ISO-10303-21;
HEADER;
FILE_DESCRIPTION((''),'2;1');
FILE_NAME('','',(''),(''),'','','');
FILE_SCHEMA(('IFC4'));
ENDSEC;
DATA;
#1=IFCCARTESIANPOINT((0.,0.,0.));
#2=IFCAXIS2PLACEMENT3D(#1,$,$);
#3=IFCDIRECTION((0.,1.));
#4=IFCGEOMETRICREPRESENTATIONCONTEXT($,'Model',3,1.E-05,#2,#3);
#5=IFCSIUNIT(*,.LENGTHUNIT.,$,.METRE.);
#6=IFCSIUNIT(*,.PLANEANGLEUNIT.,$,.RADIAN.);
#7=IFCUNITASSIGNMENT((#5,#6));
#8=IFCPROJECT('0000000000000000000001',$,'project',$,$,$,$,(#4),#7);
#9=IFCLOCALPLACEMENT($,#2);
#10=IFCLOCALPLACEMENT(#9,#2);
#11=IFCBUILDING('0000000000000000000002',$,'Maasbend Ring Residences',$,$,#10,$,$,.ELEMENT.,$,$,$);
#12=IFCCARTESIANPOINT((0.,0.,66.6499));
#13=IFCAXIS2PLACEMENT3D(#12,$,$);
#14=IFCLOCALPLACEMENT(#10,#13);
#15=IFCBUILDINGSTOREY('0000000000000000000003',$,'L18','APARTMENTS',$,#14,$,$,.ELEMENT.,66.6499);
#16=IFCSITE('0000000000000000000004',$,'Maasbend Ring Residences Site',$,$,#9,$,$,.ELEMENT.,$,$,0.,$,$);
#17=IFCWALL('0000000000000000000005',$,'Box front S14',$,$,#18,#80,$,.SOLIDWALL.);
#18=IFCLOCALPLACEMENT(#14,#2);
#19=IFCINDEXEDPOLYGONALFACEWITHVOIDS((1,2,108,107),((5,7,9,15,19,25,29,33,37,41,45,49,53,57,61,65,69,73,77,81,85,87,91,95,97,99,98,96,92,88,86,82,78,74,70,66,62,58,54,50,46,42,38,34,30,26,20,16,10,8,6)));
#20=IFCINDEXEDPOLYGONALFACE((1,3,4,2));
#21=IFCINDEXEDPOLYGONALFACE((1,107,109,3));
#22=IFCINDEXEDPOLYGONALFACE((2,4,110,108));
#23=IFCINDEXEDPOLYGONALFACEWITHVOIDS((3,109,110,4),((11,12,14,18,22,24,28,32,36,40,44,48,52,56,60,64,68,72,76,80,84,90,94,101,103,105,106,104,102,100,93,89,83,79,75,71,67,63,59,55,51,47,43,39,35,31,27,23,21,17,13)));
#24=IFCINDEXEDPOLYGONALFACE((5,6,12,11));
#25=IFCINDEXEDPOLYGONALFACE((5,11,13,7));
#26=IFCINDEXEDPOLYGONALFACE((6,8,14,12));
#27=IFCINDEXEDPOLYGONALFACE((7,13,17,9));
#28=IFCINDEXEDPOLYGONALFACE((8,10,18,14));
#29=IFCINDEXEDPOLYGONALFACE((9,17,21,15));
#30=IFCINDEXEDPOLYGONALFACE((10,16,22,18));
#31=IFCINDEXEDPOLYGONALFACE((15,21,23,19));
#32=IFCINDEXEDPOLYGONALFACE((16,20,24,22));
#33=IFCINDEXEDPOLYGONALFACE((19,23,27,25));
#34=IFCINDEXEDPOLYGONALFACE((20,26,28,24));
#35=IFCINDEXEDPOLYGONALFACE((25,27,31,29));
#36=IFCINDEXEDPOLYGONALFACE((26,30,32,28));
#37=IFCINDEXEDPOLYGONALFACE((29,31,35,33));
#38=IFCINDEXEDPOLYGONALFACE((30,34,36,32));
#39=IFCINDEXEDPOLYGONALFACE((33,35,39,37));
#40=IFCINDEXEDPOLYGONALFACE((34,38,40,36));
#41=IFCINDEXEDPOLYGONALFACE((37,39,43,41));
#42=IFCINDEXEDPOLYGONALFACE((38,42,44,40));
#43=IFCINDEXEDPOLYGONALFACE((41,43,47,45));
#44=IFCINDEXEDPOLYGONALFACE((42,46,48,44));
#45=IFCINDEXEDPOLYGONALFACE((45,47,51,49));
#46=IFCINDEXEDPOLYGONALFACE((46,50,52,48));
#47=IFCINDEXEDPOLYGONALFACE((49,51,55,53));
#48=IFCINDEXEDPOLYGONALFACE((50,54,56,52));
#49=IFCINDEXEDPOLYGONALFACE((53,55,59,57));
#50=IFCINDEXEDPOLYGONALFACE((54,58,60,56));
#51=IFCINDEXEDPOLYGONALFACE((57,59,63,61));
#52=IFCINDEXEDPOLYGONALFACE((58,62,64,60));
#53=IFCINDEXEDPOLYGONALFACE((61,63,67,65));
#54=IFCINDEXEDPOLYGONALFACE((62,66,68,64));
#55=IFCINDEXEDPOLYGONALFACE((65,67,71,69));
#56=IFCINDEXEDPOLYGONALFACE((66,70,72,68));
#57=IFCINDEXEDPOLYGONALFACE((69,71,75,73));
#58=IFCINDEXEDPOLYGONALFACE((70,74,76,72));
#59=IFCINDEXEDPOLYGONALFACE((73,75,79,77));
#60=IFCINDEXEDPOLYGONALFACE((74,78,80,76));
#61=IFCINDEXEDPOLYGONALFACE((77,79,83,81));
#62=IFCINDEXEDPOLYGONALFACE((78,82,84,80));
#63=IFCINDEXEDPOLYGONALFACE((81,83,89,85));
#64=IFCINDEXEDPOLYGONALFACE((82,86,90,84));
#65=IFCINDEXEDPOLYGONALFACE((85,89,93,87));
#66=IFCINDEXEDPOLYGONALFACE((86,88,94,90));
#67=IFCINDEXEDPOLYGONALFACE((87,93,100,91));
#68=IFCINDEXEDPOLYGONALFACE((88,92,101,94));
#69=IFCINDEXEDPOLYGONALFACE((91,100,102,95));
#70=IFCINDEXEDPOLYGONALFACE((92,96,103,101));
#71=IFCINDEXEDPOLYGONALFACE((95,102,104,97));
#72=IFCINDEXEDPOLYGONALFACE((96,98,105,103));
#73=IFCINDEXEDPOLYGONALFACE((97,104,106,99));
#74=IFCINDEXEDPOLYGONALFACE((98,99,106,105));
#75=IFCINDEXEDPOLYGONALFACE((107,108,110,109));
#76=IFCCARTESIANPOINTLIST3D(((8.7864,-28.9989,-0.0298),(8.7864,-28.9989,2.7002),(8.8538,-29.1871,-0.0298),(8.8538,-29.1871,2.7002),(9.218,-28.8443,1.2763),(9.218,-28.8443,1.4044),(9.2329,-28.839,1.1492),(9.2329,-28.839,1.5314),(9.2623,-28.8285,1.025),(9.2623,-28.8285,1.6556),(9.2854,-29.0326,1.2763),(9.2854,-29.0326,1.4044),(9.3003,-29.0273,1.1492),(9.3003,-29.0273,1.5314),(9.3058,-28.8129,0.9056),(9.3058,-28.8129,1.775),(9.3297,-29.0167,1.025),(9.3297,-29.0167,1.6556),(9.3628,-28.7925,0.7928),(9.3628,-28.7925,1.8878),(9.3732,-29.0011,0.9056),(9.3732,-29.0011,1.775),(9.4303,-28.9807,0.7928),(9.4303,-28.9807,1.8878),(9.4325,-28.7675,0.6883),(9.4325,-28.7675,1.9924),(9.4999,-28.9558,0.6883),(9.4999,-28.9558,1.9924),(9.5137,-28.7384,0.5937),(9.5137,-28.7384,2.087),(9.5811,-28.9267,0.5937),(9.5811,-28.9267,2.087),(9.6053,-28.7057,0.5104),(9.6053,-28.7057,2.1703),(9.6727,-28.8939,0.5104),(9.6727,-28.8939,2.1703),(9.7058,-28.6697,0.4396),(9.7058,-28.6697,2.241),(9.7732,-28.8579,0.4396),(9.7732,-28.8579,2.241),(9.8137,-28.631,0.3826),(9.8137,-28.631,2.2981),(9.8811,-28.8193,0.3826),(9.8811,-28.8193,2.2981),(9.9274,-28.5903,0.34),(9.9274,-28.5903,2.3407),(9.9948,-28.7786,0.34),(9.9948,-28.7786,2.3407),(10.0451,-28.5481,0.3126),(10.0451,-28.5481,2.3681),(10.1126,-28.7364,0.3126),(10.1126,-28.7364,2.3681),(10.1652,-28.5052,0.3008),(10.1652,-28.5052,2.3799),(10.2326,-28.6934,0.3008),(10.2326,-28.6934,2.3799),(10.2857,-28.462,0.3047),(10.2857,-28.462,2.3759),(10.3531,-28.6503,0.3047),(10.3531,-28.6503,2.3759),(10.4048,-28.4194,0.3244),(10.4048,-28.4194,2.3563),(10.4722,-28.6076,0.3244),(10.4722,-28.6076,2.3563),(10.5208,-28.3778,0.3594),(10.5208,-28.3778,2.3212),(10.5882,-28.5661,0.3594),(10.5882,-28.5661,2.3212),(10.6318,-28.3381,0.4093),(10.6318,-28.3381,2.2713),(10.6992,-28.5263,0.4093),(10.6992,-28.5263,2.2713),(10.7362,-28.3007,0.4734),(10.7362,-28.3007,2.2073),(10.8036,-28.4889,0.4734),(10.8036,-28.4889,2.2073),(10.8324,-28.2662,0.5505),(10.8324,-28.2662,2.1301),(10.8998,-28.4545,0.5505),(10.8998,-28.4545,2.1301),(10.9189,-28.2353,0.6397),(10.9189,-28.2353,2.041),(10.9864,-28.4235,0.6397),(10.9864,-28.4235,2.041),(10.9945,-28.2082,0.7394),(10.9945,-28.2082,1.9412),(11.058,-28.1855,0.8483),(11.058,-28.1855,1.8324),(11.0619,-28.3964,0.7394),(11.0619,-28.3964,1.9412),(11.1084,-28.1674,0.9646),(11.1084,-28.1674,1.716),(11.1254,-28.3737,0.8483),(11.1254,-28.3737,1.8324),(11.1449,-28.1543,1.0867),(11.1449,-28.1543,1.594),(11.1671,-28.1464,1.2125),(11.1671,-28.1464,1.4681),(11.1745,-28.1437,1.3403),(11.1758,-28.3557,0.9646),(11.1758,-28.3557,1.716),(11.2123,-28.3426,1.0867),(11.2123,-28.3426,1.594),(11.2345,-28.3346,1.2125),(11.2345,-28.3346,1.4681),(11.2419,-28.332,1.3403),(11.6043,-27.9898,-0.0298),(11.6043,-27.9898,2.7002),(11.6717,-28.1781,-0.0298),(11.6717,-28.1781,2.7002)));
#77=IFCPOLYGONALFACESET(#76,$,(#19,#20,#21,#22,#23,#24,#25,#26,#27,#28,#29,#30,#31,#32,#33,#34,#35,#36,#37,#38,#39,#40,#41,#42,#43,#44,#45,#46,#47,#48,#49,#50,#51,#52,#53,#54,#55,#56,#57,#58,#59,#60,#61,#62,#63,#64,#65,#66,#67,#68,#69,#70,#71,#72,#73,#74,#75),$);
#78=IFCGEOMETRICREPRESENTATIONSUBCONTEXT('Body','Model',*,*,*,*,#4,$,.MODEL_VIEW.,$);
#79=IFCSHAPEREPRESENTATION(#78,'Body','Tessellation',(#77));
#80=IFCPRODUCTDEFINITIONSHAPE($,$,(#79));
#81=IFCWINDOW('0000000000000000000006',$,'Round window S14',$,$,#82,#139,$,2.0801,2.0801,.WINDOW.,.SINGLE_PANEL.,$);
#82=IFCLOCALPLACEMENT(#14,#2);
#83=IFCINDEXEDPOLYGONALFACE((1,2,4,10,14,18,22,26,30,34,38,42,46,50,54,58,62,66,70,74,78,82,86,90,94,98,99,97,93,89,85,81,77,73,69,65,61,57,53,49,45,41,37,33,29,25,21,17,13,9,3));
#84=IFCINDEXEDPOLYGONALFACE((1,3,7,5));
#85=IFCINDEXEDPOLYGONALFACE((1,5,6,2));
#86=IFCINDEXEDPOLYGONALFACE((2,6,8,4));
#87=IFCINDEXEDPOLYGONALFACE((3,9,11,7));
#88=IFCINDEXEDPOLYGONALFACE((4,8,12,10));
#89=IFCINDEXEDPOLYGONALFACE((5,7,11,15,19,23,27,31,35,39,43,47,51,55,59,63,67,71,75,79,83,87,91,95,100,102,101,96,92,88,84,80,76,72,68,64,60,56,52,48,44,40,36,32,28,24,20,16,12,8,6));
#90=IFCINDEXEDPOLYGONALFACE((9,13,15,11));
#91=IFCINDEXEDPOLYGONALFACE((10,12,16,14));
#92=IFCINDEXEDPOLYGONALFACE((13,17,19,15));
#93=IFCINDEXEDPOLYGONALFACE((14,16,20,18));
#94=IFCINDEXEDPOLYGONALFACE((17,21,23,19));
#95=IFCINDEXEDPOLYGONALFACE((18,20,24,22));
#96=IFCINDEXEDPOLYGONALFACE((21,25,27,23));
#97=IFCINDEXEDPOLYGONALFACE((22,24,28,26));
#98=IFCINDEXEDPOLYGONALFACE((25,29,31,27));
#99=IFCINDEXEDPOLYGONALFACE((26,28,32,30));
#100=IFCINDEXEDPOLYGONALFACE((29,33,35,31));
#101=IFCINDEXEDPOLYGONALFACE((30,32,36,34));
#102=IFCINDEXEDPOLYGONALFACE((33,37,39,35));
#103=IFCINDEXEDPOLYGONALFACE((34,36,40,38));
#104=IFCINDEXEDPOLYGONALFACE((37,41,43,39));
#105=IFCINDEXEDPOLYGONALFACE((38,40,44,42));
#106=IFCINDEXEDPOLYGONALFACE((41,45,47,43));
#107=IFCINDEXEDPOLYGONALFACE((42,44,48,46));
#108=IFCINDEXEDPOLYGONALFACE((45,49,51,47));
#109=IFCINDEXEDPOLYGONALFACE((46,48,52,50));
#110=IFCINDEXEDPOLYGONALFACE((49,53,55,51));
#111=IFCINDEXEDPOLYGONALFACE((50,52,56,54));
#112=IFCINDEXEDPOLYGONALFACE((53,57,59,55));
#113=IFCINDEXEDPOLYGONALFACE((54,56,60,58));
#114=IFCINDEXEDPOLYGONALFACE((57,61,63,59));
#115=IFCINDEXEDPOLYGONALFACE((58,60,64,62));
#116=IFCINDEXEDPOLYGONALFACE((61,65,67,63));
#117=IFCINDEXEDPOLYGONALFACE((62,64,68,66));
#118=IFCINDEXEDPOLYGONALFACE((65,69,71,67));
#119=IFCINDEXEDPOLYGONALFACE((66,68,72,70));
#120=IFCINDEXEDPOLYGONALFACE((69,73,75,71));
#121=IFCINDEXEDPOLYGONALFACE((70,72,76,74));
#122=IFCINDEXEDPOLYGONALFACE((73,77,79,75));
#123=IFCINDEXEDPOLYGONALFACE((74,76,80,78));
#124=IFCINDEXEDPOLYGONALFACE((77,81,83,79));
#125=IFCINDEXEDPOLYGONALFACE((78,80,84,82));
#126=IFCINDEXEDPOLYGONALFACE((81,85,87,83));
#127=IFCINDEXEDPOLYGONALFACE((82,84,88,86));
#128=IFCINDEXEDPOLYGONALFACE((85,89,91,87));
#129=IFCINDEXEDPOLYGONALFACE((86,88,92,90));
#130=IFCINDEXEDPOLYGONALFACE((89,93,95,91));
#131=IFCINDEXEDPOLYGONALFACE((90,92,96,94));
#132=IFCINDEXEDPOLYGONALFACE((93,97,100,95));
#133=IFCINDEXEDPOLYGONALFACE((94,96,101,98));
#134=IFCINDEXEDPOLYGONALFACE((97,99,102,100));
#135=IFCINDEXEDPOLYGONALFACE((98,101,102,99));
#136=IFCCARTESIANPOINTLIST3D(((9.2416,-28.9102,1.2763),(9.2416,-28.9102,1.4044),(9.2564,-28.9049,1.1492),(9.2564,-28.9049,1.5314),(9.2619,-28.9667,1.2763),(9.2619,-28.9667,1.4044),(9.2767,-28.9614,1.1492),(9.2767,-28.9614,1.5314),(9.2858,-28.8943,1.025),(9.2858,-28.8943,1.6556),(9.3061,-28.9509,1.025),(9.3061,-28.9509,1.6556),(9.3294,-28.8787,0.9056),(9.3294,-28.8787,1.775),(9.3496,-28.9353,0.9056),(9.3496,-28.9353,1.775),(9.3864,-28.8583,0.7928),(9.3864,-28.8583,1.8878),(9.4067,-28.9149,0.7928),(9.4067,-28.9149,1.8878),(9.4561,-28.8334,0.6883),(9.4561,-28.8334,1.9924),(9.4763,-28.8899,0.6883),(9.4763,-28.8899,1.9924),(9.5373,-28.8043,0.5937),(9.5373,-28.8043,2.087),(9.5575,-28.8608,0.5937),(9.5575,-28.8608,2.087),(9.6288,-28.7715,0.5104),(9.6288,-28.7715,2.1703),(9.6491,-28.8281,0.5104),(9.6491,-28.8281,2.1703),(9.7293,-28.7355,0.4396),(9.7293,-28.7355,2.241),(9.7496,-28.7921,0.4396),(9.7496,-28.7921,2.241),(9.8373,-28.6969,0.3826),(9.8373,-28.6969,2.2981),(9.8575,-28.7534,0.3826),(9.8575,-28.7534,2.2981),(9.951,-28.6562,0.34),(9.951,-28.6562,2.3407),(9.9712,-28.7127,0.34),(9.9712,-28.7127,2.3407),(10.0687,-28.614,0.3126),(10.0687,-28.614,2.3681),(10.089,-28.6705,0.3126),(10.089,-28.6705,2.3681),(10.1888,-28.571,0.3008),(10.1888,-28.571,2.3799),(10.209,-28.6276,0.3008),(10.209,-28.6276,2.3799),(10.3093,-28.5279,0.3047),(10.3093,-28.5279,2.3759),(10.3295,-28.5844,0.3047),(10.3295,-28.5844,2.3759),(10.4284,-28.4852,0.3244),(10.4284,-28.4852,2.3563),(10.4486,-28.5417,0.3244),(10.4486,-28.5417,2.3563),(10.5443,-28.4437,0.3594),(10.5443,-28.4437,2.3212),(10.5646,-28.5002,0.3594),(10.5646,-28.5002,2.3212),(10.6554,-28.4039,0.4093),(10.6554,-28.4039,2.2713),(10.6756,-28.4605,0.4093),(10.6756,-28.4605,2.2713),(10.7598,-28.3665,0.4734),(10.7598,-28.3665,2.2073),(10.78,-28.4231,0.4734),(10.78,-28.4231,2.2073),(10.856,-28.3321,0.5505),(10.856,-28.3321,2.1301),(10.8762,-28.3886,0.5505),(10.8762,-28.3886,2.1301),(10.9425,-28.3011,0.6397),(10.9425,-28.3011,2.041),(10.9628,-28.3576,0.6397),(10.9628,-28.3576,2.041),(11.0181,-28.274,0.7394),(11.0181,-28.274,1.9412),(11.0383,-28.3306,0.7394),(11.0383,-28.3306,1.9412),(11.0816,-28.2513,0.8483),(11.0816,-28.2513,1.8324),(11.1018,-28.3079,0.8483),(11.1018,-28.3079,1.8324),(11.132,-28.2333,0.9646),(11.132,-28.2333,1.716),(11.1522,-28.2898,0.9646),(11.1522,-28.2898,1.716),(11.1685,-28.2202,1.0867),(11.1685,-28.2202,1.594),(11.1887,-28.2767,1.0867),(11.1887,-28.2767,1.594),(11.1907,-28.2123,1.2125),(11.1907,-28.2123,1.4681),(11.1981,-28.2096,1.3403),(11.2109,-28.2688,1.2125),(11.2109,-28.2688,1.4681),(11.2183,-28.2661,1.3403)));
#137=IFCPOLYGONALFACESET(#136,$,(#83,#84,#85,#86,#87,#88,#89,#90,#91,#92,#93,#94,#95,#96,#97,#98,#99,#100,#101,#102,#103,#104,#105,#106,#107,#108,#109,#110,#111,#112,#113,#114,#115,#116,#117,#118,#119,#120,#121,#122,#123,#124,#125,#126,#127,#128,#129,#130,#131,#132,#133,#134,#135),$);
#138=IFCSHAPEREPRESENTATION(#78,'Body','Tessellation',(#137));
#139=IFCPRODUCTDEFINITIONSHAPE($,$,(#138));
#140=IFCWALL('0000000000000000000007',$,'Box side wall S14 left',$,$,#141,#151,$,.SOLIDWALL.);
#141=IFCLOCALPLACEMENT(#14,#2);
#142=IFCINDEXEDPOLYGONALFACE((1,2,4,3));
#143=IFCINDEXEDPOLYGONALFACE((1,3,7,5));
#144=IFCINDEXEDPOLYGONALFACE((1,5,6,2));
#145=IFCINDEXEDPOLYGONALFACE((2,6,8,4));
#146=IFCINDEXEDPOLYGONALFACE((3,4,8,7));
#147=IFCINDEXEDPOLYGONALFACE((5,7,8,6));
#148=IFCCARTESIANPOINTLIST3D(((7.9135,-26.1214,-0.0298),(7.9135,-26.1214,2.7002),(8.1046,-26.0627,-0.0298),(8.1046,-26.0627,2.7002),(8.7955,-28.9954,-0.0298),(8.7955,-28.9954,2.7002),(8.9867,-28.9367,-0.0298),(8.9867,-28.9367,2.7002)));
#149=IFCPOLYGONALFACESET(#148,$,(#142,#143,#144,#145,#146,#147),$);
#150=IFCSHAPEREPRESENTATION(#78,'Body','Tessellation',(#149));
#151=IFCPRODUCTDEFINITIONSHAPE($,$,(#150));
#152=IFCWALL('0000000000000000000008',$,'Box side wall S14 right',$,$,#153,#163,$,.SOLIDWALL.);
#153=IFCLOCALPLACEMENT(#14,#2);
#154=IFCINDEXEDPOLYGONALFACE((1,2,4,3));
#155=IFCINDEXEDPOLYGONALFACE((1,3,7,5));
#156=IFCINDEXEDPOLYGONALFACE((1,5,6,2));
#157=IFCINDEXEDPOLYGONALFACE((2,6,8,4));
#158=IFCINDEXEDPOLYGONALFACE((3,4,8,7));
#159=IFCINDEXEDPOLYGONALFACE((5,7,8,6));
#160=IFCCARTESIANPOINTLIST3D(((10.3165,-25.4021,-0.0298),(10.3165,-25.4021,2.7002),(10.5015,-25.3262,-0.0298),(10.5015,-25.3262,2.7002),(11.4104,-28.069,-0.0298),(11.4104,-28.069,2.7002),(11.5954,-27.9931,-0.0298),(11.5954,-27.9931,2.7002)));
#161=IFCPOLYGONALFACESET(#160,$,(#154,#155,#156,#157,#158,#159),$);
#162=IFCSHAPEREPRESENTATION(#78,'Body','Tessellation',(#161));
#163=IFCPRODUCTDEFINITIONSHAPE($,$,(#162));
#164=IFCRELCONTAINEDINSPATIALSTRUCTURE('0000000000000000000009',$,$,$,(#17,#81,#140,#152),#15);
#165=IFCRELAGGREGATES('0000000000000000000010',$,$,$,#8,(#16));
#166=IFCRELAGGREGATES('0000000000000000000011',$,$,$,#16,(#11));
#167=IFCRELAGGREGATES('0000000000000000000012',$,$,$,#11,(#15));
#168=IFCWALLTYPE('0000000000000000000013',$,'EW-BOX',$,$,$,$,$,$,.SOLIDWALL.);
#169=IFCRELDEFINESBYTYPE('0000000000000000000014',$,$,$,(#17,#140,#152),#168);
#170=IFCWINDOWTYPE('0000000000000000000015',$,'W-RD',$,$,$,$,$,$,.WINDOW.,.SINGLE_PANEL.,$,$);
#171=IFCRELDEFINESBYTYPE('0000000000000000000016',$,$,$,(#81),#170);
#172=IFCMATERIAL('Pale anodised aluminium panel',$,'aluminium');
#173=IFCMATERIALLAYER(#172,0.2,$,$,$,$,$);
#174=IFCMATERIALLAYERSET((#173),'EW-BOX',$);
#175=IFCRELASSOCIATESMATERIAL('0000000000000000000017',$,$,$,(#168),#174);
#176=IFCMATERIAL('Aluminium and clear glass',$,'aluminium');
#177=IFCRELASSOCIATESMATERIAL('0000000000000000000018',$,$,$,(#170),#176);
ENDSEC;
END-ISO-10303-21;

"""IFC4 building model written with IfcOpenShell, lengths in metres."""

from ifc_helpers import new_model, si_unit, direction, frame, frame_2d, origin, place, context, subcontext, project, spatial, rectangle, circle, extrude, material, layer, layer_set, type_object, element, fill, save


model = new_model("IFC4")

# Units and contexts
model_context = context("Model", 3, precision=1e-05, world=origin(), true_north=direction((0.0, 1.0)))
body_context = subcontext(model_context, "Body", "Model", "MODEL_VIEW")
ifc_project = project(units=[si_unit("LENGTHUNIT", "METRE"), si_unit("PLANEANGLEUNIT", "RADIAN")], contexts=[model_context])

# Site, building, storey
site_placement = place(None, origin())
site = spatial("IfcSite", under=ifc_project, at=site_placement, Name="Maasbend Ring Residences Site", CompositionType="ELEMENT", RefElevation=0.0)
building_placement = place(site_placement, origin())
building = spatial("IfcBuilding", under=site, at=building_placement, Name="Maasbend Ring Residences", CompositionType="ELEMENT")
storey_placement = place(building_placement, frame((0.0, 0.0, 66.6499)))
storey = spatial("IfcBuildingStorey", under=building, at=storey_placement, Name="L18", Description="APARTMENTS", CompositionType="ELEMENT", Elevation=66.6499)

# Shared definitions
ifc_material_1 = material(Name="Pale anodised aluminium panel", Category="aluminium")
ifc_layer_1 = layer(ifc_material_1, 0.2)
ifc_layer_set_1 = layer_set([ifc_layer_1], Name="EW-BOX")
wall_type_1 = type_object("IfcWallType", Name="EW-BOX", PredefinedType="SOLIDWALL", material=ifc_layer_set_1)
ifc_material_2 = material(Name="Aluminium and clear glass", Category="aluminium")
window_type_1 = type_object("IfcWindowType", Name="W-RD", PartitioningType="SINGLE_PANEL", PredefinedType="WINDOW", material=ifc_material_2)

# Wall, opening, window
wall_1_placement = place(storey_placement, frame((8.8201, -29.093, -0.0298), z_axis=(0.0, 0.0, 1.0), x_axis=(0.941461, 0.337122, 0.0)))
wall_1 = element("IfcWall", 1, at=wall_1_placement, inside=storey, type_object=wall_type_1, Name="Box front S14", PredefinedType="SOLIDWALL", context=body_context, shape_type="SweptSolid", body=[
    extrude(rectangle(XDim=2.9932, YDim=0.2, at=frame_2d((1.4966, 0.0))), origin(), (0.0, 0.0, 1.0), 2.73),
])
opening_1_placement = place(wall_1_placement, frame((0.4565, 0.0, 0.3301)))
opening_1 = element("IfcOpeningElement", 2, at=opening_1_placement, cuts=wall_1, PredefinedType="OPENING", context=body_context, shape_type="SweptSolid", body=[
    extrude(circle(Radius=1.04, at=frame_2d((1.04, 1.04))), frame((0.0, 0.1099, 0.0), z_axis=(0.0, -1.0, 0.0), x_axis=(1.0, 0.0, 0.0)), (0.0, 0.0, 1.0), 0.22),
])
window_1_placement = place(opening_1_placement, origin())
window_1 = element("IfcWindow", 3, at=window_1_placement, inside=storey, type_object=window_type_1, Name="Round window S14", OverallHeight=2.0801, OverallWidth=2.0801, PartitioningType="SINGLE_PANEL", PredefinedType="WINDOW", context=body_context, shape_type="SweptSolid", body=[
    extrude(circle(Radius=1.04, at=frame_2d((1.04, 1.04))), frame((0.0, 0.03, 0.0), z_axis=(0.0, -1.0, 0.0), x_axis=(1.0, 0.0, 0.0)), (0.0, 0.0, 1.0), 0.0601),
])
fill(opening_1, window_1)

# Walls
wall_2_placement = place(storey_placement, frame((8.009, -26.092, -0.0298), z_axis=(0.0, 0.0, 1.0), x_axis=(0.293407, -0.955988, 0.0)))
element("IfcWall", 4, at=wall_2_placement, inside=storey, type_object=wall_type_1, Name="Box side wall S14 left", PredefinedType="SOLIDWALL", context=body_context, shape_type="SweptSolid", body=[
    extrude(rectangle(XDim=3.0063, YDim=0.2, at=frame_2d((1.5032, 0.0))), origin(), (0.0, 0.0, 1.0), 2.73),
])
wall_3_placement = place(storey_placement, frame((10.4089, -25.364, -0.0298), z_axis=(0.0, 0.0, 1.0), x_axis=(0.37951, -0.925188, 0.0)))
element("IfcWall", 5, at=wall_3_placement, inside=storey, type_object=wall_type_1, Name="Box side wall S14 right", PredefinedType="SOLIDWALL", context=body_context, shape_type="SweptSolid", body=[
    extrude(rectangle(XDim=2.8826, YDim=0.2, at=frame_2d((1.4414, 0.0))), origin(), (0.0, 0.0, 1.0), 2.73),
])

save(model, "model.ifc")
